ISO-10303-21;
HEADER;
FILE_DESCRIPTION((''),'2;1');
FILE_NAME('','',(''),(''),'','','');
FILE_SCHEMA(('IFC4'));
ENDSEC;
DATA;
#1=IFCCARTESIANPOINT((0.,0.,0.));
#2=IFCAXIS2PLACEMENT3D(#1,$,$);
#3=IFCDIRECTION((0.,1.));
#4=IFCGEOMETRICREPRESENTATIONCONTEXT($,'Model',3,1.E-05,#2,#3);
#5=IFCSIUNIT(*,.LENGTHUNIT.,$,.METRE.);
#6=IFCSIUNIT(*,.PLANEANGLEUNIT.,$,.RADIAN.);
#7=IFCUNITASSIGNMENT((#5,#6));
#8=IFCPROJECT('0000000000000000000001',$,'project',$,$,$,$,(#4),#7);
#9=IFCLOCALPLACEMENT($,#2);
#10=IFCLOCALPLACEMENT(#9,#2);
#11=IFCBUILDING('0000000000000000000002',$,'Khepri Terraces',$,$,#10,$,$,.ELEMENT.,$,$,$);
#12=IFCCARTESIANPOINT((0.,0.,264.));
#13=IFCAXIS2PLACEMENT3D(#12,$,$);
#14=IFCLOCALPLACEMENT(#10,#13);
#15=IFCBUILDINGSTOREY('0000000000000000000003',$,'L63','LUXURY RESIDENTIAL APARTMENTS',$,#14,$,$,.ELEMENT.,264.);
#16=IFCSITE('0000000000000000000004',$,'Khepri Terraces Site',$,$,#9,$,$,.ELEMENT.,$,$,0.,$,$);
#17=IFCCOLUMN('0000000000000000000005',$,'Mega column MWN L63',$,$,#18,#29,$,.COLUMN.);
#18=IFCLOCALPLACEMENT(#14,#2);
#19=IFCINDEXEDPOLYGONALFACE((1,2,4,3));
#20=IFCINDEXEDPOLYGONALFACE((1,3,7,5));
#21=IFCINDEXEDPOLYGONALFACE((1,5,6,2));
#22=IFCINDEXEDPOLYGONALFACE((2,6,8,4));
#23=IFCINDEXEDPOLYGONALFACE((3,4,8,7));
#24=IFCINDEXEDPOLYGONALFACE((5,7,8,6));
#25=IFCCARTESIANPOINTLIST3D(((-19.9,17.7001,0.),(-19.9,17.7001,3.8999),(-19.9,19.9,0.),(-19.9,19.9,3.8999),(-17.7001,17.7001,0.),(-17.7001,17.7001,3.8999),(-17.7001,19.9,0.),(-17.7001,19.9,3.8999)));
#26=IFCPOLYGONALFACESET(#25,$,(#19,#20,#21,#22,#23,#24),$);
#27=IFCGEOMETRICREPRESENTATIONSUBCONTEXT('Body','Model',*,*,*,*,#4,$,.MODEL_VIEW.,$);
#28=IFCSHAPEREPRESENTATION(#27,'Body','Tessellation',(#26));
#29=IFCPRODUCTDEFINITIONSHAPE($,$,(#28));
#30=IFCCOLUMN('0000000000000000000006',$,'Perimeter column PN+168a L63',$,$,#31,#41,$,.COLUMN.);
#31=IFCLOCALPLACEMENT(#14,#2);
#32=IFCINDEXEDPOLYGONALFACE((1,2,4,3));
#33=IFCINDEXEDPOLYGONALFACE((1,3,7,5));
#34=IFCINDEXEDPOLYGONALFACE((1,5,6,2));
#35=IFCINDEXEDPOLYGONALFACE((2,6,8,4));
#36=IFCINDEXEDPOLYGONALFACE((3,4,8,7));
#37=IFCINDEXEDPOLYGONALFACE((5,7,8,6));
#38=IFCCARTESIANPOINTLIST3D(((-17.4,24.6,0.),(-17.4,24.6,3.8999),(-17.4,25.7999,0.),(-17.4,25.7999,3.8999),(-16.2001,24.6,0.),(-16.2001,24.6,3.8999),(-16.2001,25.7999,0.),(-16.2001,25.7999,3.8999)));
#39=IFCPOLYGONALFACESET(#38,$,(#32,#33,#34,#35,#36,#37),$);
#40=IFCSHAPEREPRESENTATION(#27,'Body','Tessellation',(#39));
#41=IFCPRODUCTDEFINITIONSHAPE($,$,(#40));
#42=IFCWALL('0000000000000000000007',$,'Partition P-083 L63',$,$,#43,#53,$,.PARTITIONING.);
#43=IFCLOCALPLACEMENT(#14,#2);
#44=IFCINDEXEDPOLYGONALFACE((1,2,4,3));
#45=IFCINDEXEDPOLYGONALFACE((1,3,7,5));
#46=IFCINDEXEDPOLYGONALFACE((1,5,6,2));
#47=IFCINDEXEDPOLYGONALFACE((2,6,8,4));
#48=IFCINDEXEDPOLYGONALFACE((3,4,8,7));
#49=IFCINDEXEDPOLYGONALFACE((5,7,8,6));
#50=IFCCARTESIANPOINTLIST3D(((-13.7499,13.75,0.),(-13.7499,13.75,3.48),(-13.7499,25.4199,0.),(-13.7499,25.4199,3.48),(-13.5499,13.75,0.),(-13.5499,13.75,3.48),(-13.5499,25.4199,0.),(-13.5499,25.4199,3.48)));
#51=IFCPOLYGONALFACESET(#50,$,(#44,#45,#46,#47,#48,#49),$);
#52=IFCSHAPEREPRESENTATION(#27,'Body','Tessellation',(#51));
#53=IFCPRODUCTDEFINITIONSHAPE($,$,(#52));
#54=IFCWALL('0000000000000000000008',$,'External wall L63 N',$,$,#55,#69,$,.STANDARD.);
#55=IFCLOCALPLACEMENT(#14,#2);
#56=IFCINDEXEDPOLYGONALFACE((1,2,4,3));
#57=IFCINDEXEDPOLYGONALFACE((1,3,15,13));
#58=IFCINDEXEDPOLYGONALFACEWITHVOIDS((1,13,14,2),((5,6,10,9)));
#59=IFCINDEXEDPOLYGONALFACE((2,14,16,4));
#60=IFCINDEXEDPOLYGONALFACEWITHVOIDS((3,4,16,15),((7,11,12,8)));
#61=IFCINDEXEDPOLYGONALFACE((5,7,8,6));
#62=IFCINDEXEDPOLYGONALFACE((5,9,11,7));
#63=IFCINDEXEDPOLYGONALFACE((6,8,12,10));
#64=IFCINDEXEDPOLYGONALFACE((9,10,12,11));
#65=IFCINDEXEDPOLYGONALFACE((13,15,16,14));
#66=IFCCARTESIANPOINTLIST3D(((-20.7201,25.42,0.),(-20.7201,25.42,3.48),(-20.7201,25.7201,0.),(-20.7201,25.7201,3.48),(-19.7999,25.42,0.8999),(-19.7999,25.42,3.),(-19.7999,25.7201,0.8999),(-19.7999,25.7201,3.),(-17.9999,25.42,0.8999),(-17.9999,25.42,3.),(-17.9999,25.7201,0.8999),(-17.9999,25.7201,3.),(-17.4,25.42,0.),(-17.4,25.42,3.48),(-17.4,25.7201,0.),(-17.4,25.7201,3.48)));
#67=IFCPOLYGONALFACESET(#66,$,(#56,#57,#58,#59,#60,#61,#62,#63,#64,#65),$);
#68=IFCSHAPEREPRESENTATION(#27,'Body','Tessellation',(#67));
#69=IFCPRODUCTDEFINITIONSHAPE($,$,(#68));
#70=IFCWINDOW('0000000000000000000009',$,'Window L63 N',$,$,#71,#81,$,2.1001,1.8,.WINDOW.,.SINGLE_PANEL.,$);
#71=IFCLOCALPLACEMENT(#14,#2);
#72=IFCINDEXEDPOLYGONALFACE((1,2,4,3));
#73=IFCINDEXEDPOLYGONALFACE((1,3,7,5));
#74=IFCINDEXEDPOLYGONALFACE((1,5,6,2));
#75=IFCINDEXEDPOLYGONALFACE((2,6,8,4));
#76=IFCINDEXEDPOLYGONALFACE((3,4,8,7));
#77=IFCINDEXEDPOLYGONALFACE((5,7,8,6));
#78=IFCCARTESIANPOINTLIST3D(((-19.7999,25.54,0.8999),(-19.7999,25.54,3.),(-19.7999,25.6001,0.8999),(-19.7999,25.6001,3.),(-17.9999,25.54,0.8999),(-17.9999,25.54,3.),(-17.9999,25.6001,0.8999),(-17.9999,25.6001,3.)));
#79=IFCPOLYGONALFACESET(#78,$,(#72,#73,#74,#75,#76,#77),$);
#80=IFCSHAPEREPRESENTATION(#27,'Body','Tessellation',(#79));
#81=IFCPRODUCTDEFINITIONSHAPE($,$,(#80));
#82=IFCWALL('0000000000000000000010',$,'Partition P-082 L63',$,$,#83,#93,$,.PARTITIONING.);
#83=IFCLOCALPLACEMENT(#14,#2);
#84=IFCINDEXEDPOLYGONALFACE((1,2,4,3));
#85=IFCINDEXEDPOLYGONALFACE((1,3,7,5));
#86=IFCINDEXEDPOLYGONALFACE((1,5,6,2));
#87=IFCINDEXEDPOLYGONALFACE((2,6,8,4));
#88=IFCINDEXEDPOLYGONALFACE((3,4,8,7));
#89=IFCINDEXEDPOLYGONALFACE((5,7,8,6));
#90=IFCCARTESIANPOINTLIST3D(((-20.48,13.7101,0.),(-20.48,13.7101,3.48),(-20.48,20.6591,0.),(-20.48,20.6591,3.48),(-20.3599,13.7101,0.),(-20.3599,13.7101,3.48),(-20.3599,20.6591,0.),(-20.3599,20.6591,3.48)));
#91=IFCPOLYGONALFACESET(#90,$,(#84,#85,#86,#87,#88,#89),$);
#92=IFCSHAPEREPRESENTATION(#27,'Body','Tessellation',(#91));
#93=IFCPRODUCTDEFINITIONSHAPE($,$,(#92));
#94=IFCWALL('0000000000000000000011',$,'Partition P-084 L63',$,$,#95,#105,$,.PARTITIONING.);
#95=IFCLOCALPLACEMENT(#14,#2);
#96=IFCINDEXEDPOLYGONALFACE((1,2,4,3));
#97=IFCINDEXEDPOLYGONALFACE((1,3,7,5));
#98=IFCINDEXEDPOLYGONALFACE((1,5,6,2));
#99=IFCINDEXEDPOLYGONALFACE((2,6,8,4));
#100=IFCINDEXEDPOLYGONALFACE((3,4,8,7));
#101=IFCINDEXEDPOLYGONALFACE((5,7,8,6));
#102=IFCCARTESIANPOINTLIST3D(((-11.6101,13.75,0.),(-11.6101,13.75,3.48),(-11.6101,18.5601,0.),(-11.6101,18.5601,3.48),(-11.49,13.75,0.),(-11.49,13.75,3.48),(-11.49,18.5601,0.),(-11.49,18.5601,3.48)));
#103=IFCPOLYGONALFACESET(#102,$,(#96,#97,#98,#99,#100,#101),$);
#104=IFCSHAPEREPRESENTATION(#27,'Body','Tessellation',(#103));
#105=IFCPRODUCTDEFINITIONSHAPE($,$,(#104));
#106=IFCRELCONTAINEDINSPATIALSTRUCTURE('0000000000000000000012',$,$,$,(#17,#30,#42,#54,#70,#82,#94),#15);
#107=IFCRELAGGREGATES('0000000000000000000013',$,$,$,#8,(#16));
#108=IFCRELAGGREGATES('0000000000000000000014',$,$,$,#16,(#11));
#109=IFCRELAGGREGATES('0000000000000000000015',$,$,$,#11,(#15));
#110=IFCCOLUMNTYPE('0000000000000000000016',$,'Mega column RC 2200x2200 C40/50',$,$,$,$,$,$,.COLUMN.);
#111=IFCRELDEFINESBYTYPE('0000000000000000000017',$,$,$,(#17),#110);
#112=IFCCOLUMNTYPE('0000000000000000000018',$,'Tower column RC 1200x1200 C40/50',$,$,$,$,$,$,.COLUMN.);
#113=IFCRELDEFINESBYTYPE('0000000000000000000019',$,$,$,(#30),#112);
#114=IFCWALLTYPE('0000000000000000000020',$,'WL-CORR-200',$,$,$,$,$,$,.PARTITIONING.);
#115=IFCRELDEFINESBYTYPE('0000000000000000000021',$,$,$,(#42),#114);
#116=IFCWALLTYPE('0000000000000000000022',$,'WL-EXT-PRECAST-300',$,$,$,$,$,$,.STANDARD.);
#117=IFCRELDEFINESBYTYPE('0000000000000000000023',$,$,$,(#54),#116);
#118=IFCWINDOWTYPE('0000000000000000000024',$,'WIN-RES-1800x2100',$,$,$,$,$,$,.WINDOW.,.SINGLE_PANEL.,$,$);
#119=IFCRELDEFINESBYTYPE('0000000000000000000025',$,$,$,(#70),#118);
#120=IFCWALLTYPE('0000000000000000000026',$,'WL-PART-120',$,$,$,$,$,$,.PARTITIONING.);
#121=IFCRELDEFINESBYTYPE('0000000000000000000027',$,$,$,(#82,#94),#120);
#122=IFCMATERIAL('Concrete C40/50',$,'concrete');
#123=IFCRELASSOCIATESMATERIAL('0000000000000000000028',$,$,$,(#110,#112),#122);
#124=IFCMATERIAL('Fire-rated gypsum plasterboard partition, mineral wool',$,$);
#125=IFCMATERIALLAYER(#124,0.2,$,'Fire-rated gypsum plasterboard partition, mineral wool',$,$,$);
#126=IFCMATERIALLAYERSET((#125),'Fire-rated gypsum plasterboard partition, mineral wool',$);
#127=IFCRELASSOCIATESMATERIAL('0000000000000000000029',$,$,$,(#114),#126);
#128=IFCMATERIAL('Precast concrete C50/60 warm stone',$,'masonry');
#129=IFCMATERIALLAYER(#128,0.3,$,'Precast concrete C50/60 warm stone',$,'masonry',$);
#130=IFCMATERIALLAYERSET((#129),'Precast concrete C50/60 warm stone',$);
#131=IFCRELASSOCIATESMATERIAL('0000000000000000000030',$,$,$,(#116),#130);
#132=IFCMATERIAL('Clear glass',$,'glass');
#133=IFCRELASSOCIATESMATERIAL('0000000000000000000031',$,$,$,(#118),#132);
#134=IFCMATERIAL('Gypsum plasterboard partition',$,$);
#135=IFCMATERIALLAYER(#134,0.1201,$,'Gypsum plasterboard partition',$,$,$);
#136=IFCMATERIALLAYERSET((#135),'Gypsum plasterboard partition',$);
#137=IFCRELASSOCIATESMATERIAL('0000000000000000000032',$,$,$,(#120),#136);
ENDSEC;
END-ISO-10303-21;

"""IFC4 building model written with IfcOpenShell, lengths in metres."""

from ifc_helpers import new_model, si_unit, direction, frame, frame_2d, origin, origin_2d, place, context, subcontext, project, spatial, rectangle, extrude, material, layer, layer_set, material_profile, profile_set, type_object, element, fill, save


model = new_model("IFC4")

# Units and contexts
model_context = context("Model", 3, precision=1e-05, world=origin(), true_north=direction((0.0, 1.0)))
body_context = subcontext(model_context, "Body", "Model", "MODEL_VIEW")
ifc_project = project(units=[si_unit("LENGTHUNIT", "METRE"), si_unit("PLANEANGLEUNIT", "RADIAN")], contexts=[model_context])

# Site, building, storey
site_placement = place(None, origin())
site = spatial("IfcSite", under=ifc_project, at=site_placement, Name="Khepri Terraces Site", CompositionType="ELEMENT", RefElevation=0.0)
building_placement = place(site_placement, origin())
building = spatial("IfcBuilding", under=site, at=building_placement, Name="Khepri Terraces", CompositionType="ELEMENT")
storey_placement = place(building_placement, frame((0.0, 0.0, 264.0)))
storey = spatial("IfcBuildingStorey", under=building, at=storey_placement, Name="L63", Description="LUXURY RESIDENTIAL APARTMENTS", CompositionType="ELEMENT", Elevation=264.0)

# Columns
ifc_material_1 = material(Name="Concrete C40/50", Category="concrete")
ifc_material_profile_1 = material_profile(ifc_material_1, rectangle(XDim=2.2, YDim=2.2, at=origin_2d()), Name="Concrete C40/50", Category="concrete")
ifc_profile_set_1 = profile_set([ifc_material_profile_1], Name="Concrete C40/50")
column_type_1 = type_object("IfcColumnType", Name="Mega column RC 2200x2200 C40/50", PredefinedType="COLUMN", material=ifc_profile_set_1)
column_1_placement = place(storey_placement, frame((-18.8, 18.8, 0.0), z_axis=(0.0, 0.0, 1.0), x_axis=(1.0, 0.0, 0.0)))
element("IfcColumn", 1, at=column_1_placement, inside=storey, type_object=column_type_1, Name="Mega column MWN L63", PredefinedType="COLUMN", context=body_context, shape_type="SweptSolid", body=[
    extrude(rectangle(XDim=2.2, YDim=2.2, at=origin_2d()), origin(), (0.0, 0.0, 1.0), 3.8999),
])
ifc_material_profile_2 = material_profile(ifc_material_1, rectangle(XDim=1.2, YDim=1.2, at=origin_2d()), Name="Concrete C40/50", Category="concrete")
ifc_profile_set_2 = profile_set([ifc_material_profile_2], Name="Concrete C40/50")
column_type_2 = type_object("IfcColumnType", Name="Tower column RC 1200x1200 C40/50", PredefinedType="COLUMN", material=ifc_profile_set_2)
column_2_placement = place(storey_placement, frame((-16.8, 25.2, 0.0), z_axis=(0.0, 0.0, 1.0), x_axis=(1.0, 0.0, 0.0)))
element("IfcColumn", 2, at=column_2_placement, inside=storey, type_object=column_type_2, Name="Perimeter column PN+168a L63", PredefinedType="COLUMN", context=body_context, shape_type="SweptSolid", body=[
    extrude(rectangle(XDim=1.2, YDim=1.2, at=origin_2d()), origin(), (0.0, 0.0, 1.0), 3.8999),
])

# Wall
ifc_material_2 = material(Name="Fire-rated gypsum plasterboard partition, mineral wool")
ifc_layer_1 = layer(ifc_material_2, 0.2, Name="Fire-rated gypsum plasterboard partition, mineral wool")
ifc_layer_set_1 = layer_set([ifc_layer_1], Name="Fire-rated gypsum plasterboard partition, mineral wool")
wall_type_1 = type_object("IfcWallType", Name="WL-CORR-200", PredefinedType="PARTITIONING", material=ifc_layer_set_1)
wall_1_placement = place(storey_placement, frame((-13.6499, 13.75, 0.0), z_axis=(0.0, 0.0, 1.0), x_axis=(0.0, 1.0, 0.0)))
element("IfcWall", 3, at=wall_1_placement, inside=storey, type_object=wall_type_1, Name="Partition P-083 L63", PredefinedType="PARTITIONING", context=body_context, shape_type="SweptSolid", body=[
    extrude(rectangle(XDim=11.6699, YDim=0.2, at=frame_2d((5.835, 0.0))), origin(), (0.0, 0.0, 1.0), 3.48),
])

# Wall, opening, window
ifc_material_3 = material(Name="Precast concrete C50/60 warm stone", Category="masonry")
ifc_layer_2 = layer(ifc_material_3, 0.3, Name="Precast concrete C50/60 warm stone", Category="masonry")
ifc_layer_set_2 = layer_set([ifc_layer_2], Name="Precast concrete C50/60 warm stone")
wall_type_2 = type_object("IfcWallType", Name="WL-EXT-PRECAST-300", PredefinedType="STANDARD", material=ifc_layer_set_2)
wall_2_placement = place(storey_placement, frame((-17.3999, 25.5701, 0.0), z_axis=(0.0, 0.0, 1.0), x_axis=(-1.0, 0.0, 0.0)))
wall_2 = element("IfcWall", 4, at=wall_2_placement, inside=storey, type_object=wall_type_2, Name="External wall L63 N", PredefinedType="STANDARD", context=body_context, shape_type="SweptSolid", body=[
    extrude(rectangle(XDim=3.3201, YDim=0.3, at=frame_2d((1.6602, 0.0))), origin(), (0.0, 0.0, 1.0), 3.48),
])
opening_1_placement = place(wall_2_placement, frame((0.6001, 0.0, 0.8999)))
opening_1 = element("IfcOpeningElement", 5, at=opening_1_placement, cuts=wall_2, PredefinedType="OPENING", context=body_context, shape_type="SweptSolid", body=[
    extrude(rectangle(XDim=1.8, YDim=2.1001, at=frame_2d((0.8999, 1.05))), frame((0.0, 0.1602, 0.0), z_axis=(0.0, -1.0, 0.0), x_axis=(1.0, 0.0, 0.0)), (0.0, 0.0, 1.0), 0.3201),
])
ifc_material_4 = material(Name="Clear glass", Category="glass")
window_type = type_object("IfcWindowType", Name="WIN-RES-1800x2100", PartitioningType="SINGLE_PANEL", PredefinedType="WINDOW", material=ifc_material_4)
window_placement = place(opening_1_placement, origin())
window = element("IfcWindow", 6, at=window_placement, inside=storey, type_object=window_type, Name="Window L63 N", OverallHeight=2.1001, OverallWidth=1.8, PartitioningType="SINGLE_PANEL", PredefinedType="WINDOW", context=body_context, shape_type="SweptSolid", body=[
    extrude(rectangle(XDim=1.8, YDim=2.1001, at=frame_2d((0.8999, 1.05))), frame((0.0, 0.03, 0.0), z_axis=(0.0, -1.0, 0.0), x_axis=(1.0, 0.0, 0.0)), (0.0, 0.0, 1.0), 0.0601),
])
fill(opening_1, window)

# Walls
ifc_material_5 = material(Name="Gypsum plasterboard partition")
ifc_layer_3 = layer(ifc_material_5, 0.1201, Name="Gypsum plasterboard partition")
ifc_layer_set_3 = layer_set([ifc_layer_3], Name="Gypsum plasterboard partition")
wall_type_3 = type_object("IfcWallType", Name="WL-PART-120", PredefinedType="PARTITIONING", material=ifc_layer_set_3)
wall_3_placement = place(storey_placement, frame((-20.4199, 13.71, 0.0), z_axis=(0.0, 0.0, 1.0), x_axis=(0.0, 1.0, 0.0)))
element("IfcWall", 7, at=wall_3_placement, inside=storey, type_object=wall_type_3, Name="Partition P-082 L63", PredefinedType="PARTITIONING", context=body_context, shape_type="SweptSolid", body=[
    extrude(rectangle(XDim=6.949, YDim=0.1201, at=frame_2d((3.4746, 0.0))), origin(), (0.0, 0.0, 1.0), 3.48),
])
wall_4_placement = place(storey_placement, frame((-11.55, 13.75, 0.0), z_axis=(0.0, 0.0, 1.0), x_axis=(0.0, 1.0, 0.0)))
element("IfcWall", 8, at=wall_4_placement, inside=storey, type_object=wall_type_3, Name="Partition P-084 L63", PredefinedType="PARTITIONING", context=body_context, shape_type="SweptSolid", body=[
    extrude(rectangle(XDim=4.8101, YDim=0.1201, at=frame_2d((2.405, 0.0))), origin(), (0.0, 0.0, 1.0), 3.48),
])

save(model, "model.ifc")
